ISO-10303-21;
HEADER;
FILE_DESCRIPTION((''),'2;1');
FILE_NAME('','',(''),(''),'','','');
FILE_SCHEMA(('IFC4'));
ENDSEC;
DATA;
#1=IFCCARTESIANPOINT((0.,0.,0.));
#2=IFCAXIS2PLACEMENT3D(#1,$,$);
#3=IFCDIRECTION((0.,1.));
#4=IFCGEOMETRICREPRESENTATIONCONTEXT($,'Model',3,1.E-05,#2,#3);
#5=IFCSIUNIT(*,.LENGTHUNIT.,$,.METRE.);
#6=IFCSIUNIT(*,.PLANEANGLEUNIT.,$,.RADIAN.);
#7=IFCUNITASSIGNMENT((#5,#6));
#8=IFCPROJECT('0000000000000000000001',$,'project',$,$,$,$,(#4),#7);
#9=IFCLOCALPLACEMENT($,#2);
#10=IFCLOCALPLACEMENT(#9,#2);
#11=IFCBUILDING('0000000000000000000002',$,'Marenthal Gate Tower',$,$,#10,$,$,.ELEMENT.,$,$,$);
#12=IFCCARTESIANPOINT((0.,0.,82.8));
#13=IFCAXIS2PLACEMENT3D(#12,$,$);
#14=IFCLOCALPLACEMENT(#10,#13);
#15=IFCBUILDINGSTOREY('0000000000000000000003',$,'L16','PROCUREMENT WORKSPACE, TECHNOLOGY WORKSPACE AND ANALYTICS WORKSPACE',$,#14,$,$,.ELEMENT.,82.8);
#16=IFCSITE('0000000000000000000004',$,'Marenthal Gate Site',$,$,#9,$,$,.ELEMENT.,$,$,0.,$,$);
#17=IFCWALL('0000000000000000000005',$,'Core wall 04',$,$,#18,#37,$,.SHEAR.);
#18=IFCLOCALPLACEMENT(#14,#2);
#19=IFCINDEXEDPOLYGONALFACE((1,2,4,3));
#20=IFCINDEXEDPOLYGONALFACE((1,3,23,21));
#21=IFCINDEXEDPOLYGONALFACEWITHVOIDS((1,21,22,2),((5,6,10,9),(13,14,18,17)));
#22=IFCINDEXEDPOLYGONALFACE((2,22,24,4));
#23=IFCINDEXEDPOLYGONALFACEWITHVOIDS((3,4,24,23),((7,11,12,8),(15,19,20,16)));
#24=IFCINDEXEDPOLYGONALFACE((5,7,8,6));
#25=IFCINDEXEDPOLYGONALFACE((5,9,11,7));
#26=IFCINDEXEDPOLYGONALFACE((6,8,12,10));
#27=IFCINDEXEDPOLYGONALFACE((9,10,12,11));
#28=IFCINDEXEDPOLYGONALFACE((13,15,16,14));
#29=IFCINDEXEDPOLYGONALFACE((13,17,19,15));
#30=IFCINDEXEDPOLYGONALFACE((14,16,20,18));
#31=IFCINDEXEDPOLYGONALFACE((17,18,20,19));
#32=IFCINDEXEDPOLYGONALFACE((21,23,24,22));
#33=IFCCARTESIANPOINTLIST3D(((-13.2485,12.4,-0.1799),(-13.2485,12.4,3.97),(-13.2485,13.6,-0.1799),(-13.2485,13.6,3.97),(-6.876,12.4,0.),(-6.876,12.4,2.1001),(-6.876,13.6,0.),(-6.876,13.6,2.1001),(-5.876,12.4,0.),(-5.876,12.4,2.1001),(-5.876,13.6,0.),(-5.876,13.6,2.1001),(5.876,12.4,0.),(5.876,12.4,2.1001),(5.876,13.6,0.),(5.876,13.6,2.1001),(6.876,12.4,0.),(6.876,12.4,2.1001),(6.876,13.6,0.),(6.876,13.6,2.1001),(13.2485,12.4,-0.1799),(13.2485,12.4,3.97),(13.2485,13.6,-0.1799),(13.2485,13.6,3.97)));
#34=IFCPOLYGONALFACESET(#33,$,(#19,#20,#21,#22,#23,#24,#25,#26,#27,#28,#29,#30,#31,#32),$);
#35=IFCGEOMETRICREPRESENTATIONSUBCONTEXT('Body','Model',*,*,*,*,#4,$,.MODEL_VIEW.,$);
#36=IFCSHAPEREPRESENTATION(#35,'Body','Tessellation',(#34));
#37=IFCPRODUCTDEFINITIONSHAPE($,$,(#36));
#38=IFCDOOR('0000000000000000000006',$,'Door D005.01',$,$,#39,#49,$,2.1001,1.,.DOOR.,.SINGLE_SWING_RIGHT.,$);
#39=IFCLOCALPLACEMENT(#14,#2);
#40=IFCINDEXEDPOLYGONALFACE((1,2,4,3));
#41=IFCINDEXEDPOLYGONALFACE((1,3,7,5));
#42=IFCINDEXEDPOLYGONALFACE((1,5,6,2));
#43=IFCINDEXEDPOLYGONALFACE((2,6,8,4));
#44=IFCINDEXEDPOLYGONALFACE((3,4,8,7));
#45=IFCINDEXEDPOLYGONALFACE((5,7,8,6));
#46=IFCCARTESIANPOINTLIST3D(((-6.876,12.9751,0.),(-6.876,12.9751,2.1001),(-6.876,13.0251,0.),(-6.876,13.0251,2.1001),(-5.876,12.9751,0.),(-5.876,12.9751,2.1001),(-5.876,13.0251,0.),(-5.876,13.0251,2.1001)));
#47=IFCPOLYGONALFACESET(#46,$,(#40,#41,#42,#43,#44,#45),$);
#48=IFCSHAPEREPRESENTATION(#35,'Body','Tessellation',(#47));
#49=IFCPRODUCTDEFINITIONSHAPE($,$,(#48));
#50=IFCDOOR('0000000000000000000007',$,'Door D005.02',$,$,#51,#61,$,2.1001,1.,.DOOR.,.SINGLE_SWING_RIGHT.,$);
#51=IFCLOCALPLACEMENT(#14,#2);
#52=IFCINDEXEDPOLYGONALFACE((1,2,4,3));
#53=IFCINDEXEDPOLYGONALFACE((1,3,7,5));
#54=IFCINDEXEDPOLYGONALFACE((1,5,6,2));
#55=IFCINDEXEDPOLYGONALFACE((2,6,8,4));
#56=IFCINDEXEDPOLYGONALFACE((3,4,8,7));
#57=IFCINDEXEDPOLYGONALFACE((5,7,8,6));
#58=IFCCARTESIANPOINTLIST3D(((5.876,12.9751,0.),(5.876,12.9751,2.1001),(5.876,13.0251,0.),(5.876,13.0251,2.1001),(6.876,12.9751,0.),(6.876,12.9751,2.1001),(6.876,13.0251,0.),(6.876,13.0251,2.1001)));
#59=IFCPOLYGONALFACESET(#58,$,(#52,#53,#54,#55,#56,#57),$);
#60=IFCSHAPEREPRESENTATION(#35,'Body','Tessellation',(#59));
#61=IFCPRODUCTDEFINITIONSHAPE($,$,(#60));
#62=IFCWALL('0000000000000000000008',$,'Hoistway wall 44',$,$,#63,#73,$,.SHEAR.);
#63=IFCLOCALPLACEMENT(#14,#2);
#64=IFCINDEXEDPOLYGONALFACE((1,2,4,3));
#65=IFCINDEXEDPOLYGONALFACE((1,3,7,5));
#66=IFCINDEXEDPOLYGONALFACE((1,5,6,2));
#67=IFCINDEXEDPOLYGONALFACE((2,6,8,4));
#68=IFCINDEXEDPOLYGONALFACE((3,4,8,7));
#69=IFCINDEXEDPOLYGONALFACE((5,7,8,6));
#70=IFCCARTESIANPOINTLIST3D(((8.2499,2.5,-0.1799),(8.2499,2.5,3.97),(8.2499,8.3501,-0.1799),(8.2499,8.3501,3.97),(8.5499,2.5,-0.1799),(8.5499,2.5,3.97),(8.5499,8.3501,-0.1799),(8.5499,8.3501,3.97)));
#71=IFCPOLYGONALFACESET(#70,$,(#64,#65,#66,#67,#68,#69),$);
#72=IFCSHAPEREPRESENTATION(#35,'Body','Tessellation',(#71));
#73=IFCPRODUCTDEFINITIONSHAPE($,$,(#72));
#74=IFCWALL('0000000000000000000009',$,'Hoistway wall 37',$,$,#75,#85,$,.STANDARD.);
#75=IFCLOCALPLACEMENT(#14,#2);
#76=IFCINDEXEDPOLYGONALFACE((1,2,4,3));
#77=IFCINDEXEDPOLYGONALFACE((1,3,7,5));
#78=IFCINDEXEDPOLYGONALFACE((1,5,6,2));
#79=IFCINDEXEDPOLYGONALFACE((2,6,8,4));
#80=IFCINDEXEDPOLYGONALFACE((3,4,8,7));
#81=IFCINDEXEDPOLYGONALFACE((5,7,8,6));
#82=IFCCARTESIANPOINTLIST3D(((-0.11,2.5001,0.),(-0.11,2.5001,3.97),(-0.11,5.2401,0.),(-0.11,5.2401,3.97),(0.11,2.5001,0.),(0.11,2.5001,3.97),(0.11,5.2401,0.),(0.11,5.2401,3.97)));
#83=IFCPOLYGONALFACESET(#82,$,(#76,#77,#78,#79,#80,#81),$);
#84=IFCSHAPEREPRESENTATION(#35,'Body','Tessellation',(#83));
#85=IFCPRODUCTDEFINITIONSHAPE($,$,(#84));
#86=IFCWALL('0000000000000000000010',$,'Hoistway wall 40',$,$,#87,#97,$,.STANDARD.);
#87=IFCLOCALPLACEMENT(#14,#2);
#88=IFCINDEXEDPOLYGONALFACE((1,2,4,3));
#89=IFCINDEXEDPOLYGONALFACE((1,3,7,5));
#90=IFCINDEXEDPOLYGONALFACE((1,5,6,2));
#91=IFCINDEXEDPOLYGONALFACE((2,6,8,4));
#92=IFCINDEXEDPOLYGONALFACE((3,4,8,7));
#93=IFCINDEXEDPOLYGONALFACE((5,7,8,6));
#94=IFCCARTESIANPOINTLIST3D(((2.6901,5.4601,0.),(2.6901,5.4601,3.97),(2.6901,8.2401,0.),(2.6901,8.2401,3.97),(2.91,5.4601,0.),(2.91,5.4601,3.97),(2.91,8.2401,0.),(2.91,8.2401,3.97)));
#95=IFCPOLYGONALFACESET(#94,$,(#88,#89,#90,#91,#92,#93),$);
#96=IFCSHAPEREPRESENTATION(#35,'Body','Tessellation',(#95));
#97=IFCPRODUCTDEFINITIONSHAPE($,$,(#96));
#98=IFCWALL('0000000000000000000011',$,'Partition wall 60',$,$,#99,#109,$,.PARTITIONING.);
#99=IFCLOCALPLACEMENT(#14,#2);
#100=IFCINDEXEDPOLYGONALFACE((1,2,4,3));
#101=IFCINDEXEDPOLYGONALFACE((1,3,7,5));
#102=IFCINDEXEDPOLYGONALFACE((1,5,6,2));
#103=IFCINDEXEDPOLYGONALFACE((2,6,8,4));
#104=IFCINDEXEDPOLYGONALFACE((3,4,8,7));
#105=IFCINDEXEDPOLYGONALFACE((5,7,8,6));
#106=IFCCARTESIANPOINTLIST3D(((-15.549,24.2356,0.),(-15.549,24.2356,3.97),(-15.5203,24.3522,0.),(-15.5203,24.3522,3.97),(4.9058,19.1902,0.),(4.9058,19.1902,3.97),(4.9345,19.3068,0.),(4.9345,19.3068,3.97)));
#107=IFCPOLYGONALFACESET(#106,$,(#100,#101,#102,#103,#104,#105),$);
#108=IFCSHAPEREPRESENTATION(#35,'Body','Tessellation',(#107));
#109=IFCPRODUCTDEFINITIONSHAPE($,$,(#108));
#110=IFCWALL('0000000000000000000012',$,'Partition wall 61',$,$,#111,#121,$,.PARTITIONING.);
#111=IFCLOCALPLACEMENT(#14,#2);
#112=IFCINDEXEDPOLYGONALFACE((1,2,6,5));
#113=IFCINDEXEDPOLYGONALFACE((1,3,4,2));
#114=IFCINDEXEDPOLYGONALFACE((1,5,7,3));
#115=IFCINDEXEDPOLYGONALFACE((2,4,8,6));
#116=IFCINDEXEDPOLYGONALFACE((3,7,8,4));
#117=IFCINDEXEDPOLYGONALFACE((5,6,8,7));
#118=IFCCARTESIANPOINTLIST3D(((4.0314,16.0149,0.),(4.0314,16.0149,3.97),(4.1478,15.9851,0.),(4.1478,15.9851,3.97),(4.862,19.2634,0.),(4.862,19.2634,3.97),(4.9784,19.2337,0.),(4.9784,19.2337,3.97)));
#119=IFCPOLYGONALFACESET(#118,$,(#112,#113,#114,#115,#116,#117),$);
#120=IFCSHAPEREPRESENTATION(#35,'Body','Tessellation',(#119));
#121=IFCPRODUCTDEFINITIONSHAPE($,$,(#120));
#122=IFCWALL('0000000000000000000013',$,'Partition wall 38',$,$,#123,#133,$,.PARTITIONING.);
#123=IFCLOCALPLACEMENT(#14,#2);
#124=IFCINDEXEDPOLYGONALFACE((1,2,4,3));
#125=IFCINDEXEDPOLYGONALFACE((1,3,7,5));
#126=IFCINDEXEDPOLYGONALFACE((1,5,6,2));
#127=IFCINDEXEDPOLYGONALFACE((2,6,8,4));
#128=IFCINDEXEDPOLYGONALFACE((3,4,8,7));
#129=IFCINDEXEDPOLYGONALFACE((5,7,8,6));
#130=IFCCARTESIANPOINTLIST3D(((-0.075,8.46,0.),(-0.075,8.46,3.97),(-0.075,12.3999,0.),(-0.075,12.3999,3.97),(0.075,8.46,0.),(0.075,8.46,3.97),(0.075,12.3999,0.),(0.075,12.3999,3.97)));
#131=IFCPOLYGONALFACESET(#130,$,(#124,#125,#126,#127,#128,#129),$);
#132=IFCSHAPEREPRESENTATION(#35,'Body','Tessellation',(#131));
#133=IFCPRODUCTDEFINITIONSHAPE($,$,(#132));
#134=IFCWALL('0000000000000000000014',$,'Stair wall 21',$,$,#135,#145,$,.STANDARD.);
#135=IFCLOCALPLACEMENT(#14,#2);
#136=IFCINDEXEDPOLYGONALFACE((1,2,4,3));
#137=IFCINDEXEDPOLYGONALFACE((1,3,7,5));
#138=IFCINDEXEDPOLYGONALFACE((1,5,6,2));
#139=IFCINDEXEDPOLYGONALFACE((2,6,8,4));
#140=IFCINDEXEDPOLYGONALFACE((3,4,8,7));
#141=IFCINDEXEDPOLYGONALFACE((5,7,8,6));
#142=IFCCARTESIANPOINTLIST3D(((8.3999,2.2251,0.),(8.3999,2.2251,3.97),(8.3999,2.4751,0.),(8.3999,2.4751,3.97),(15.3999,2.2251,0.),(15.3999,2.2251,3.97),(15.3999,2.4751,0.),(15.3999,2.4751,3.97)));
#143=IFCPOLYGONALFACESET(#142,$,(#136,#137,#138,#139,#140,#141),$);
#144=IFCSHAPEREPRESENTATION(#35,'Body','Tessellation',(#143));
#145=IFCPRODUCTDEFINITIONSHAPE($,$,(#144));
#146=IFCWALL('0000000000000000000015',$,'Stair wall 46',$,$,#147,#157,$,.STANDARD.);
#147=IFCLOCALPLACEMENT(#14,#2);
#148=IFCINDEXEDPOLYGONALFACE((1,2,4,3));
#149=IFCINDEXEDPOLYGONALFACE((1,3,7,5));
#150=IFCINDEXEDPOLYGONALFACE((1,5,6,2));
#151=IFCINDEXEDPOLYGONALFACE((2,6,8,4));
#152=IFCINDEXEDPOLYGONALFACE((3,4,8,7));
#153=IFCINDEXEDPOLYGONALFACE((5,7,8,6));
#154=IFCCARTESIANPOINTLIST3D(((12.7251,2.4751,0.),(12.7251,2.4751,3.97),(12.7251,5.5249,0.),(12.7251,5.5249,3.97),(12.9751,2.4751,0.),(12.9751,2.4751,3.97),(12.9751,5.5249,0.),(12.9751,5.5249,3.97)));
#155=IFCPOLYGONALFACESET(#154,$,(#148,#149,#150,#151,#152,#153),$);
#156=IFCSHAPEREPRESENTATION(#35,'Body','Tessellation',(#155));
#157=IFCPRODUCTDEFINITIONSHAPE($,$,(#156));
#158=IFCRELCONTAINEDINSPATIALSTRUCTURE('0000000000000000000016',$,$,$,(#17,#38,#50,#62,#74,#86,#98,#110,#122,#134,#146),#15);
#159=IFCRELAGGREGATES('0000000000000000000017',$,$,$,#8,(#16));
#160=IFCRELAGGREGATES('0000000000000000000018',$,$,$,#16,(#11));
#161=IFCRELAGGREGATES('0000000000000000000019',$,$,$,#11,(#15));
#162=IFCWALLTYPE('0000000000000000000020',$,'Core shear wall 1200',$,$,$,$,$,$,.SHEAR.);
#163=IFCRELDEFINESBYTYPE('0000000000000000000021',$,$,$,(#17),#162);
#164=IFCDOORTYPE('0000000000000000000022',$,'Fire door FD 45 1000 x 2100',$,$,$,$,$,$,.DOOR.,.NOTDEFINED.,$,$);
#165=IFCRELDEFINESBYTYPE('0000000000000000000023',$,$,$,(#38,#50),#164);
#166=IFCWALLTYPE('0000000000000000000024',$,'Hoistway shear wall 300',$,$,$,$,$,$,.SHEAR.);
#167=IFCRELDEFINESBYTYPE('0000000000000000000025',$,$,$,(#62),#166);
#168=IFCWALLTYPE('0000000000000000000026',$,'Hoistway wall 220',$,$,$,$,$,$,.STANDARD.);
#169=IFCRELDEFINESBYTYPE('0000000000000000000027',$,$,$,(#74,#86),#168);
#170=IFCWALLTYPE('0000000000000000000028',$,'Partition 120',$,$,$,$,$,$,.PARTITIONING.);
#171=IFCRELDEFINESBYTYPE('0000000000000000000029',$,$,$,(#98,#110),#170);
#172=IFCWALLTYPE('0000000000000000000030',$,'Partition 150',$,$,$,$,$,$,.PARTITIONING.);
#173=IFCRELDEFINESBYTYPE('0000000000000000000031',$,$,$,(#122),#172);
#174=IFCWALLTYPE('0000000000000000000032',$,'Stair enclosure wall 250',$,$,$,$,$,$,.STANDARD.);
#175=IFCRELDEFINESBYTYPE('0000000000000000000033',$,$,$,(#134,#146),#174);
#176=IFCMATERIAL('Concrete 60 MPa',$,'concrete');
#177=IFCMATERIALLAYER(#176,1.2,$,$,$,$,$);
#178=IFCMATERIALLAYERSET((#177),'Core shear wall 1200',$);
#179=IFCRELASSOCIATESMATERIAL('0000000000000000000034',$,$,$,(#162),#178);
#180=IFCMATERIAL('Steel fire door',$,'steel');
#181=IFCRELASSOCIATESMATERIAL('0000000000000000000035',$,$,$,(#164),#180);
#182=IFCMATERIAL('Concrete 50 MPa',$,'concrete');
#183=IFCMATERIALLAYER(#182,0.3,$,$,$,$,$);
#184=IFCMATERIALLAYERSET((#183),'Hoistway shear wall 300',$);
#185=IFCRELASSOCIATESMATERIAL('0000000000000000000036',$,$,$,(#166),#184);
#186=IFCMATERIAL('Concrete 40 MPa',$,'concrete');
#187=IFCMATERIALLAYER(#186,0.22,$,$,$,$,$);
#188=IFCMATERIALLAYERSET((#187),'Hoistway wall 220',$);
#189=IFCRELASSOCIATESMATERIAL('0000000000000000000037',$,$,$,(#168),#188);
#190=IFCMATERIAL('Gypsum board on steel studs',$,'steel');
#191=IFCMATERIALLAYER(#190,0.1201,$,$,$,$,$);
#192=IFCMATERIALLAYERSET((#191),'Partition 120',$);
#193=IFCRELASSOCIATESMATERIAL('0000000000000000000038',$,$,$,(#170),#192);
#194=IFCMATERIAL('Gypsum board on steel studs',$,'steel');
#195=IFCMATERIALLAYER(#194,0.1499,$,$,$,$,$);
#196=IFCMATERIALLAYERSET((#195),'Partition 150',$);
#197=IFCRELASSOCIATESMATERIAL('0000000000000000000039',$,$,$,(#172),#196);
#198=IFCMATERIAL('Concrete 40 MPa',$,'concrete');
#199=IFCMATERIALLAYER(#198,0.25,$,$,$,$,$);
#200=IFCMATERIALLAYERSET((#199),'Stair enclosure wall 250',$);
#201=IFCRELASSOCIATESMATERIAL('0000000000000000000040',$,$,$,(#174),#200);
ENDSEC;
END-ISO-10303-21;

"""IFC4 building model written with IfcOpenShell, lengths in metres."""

from ifc_helpers import new_model, si_unit, direction, frame, frame_2d, origin, place, context, subcontext, project, spatial, rectangle, extrude, material, layer, layer_set, type_object, element, fill, save


model = new_model("IFC4")

# Units and contexts
model_context = context("Model", 3, precision=1e-05, world=origin(), true_north=direction((0.0, 1.0)))
body_context = subcontext(model_context, "Body", "Model", "MODEL_VIEW")
ifc_project = project(units=[si_unit("LENGTHUNIT", "METRE"), si_unit("PLANEANGLEUNIT", "RADIAN")], contexts=[model_context])

# Site, building, storey
site_placement = place(None, origin())
site = spatial("IfcSite", under=ifc_project, at=site_placement, Name="Marenthal Gate Site", CompositionType="ELEMENT", RefElevation=0.0)
building_placement = place(site_placement, origin())
building = spatial("IfcBuilding", under=site, at=building_placement, Name="Marenthal Gate Tower", CompositionType="ELEMENT")
storey_placement = place(building_placement, frame((0.0, 0.0, 82.8)))
storey = spatial("IfcBuildingStorey", under=building, at=storey_placement, Name="L16", Description="PROCUREMENT WORKSPACE, TECHNOLOGY WORKSPACE AND ANALYTICS WORKSPACE", CompositionType="ELEMENT", Elevation=82.8)

# Wall, openings, doors
ifc_material_1 = material(Name="Concrete 60 MPa", Category="concrete")
ifc_layer_1 = layer(ifc_material_1, 1.2)
ifc_layer_set_1 = layer_set([ifc_layer_1], Name="Core shear wall 1200")
wall_type_1 = type_object("IfcWallType", Name="Core shear wall 1200", PredefinedType="SHEAR", material=ifc_layer_set_1)
wall_1_placement = place(storey_placement, frame((13.2485, 13.0, -0.1799), z_axis=(0.0, 0.0, 1.0), x_axis=(-1.0, 0.0, 0.0)))
wall_1 = element("IfcWall", 1, at=wall_1_placement, inside=storey, type_object=wall_type_1, Name="Core wall 04", PredefinedType="SHEAR", context=body_context, shape_type="SweptSolid", body=[
    extrude(rectangle(XDim=26.4971, YDim=1.2, at=frame_2d((13.2485, 0.0))), origin(), (0.0, 0.0, 1.0), 4.1499),
])
opening_1_placement = place(wall_1_placement, frame((19.1245, 0.0, 0.1799)))
opening_1 = element("IfcOpeningElement", 2, at=opening_1_placement, cuts=wall_1, PredefinedType="OPENING", context=body_context, shape_type="SweptSolid", body=[
    extrude(rectangle(XDim=1.0, YDim=2.1001, at=frame_2d((0.5, 1.05))), frame((0.0, 0.6099, 0.0), z_axis=(0.0, -1.0, 0.0), x_axis=(1.0, 0.0, 0.0)), (0.0, 0.0, 1.0), 1.22),
])
opening_2_placement = place(wall_1_placement, frame((6.3726, 0.0, 0.1799)))
opening_2 = element("IfcOpeningElement", 3, at=opening_2_placement, cuts=wall_1, PredefinedType="OPENING", context=body_context, shape_type="SweptSolid", body=[
    extrude(rectangle(XDim=1.0, YDim=2.1001, at=frame_2d((0.5, 1.05))), frame((0.0, 0.6099, 0.0), z_axis=(0.0, -1.0, 0.0), x_axis=(1.0, 0.0, 0.0)), (0.0, 0.0, 1.0), 1.22),
])
ifc_material_2 = material(Name="Steel fire door", Category="steel")
door_type_1 = type_object("IfcDoorType", Name="Fire door FD 45 1000 x 2100", OperationType="NOTDEFINED", PredefinedType="DOOR", material=ifc_material_2)
door_1_placement = place(opening_1_placement, origin())
door_1 = element("IfcDoor", 4, at=door_1_placement, inside=storey, type_object=door_type_1, Name="Door D005.01", OperationType="SINGLE_SWING_RIGHT", OverallHeight=2.1001, OverallWidth=1.0, PredefinedType="DOOR", context=body_context, shape_type="SweptSolid", body=[
    extrude(rectangle(XDim=1.0, YDim=2.1001, at=frame_2d((0.5, 1.05))), frame((0.0, 0.0249, 0.0), z_axis=(0.0, -1.0, 0.0), x_axis=(1.0, 0.0, 0.0)), (0.0, 0.0, 1.0), 0.05),
])
fill(opening_1, door_1)
door_2_placement = place(opening_2_placement, origin())
door_2 = element("IfcDoor", 5, at=door_2_placement, inside=storey, type_object=door_type_1, Name="Door D005.02", OperationType="SINGLE_SWING_RIGHT", OverallHeight=2.1001, OverallWidth=1.0, PredefinedType="DOOR", context=body_context, shape_type="SweptSolid", body=[
    extrude(rectangle(XDim=1.0, YDim=2.1001, at=frame_2d((0.5, 1.05))), frame((0.0, 0.0249, 0.0), z_axis=(0.0, -1.0, 0.0), x_axis=(1.0, 0.0, 0.0)), (0.0, 0.0, 1.0), 0.05),
])
fill(opening_2, door_2)

# Walls
ifc_material_3 = material(Name="Concrete 50 MPa", Category="concrete")
ifc_layer_2 = layer(ifc_material_3, 0.3)
ifc_layer_set_2 = layer_set([ifc_layer_2], Name="Hoistway shear wall 300")
wall_type_2 = type_object("IfcWallType", Name="Hoistway shear wall 300", PredefinedType="SHEAR", material=ifc_layer_set_2)
wall_2_placement = place(storey_placement, frame((8.3999, 2.5, -0.1799), z_axis=(0.0, 0.0, 1.0), x_axis=(0.0, 1.0, 0.0)))
element("IfcWall", 6, at=wall_2_placement, inside=storey, type_object=wall_type_2, Name="Hoistway wall 44", PredefinedType="SHEAR", context=body_context, shape_type="SweptSolid", body=[
    extrude(rectangle(XDim=5.8501, YDim=0.3, at=frame_2d((2.925, 0.0))), origin(), (0.0, 0.0, 1.0), 4.1499),
])
ifc_material_4 = material(Name="Concrete 40 MPa", Category="concrete")
ifc_layer_3 = layer(ifc_material_4, 0.22)
ifc_layer_set_3 = layer_set([ifc_layer_3], Name="Hoistway wall 220")
wall_type_3 = type_object("IfcWallType", Name="Hoistway wall 220", PredefinedType="STANDARD", material=ifc_layer_set_3)
wall_3_placement = place(storey_placement, frame((0.0, 2.5, 0.0), z_axis=(0.0, 0.0, 1.0), x_axis=(0.0, 1.0, 0.0)))
element("IfcWall", 7, at=wall_3_placement, inside=storey, type_object=wall_type_3, Name="Hoistway wall 37", PredefinedType="STANDARD", context=body_context, shape_type="SweptSolid", body=[
    extrude(rectangle(XDim=2.74, YDim=0.22, at=frame_2d((1.3701, 0.0))), origin(), (0.0, 0.0, 1.0), 3.97),
])
wall_4_placement = place(storey_placement, frame((2.8, 5.46, 0.0), z_axis=(0.0, 0.0, 1.0), x_axis=(0.0, 1.0, 0.0)))
element("IfcWall", 8, at=wall_4_placement, inside=storey, type_object=wall_type_3, Name="Hoistway wall 40", PredefinedType="STANDARD", context=body_context, shape_type="SweptSolid", body=[
    extrude(rectangle(XDim=2.78, YDim=0.22, at=frame_2d((1.3901, 0.0))), origin(), (0.0, 0.0, 1.0), 3.97),
])
ifc_material_5 = material(Name="Gypsum board on steel studs", Category="steel")
ifc_layer_4 = layer(ifc_material_5, 0.1201)
ifc_layer_set_4 = layer_set([ifc_layer_4], Name="Partition 120")
wall_type_4 = type_object("IfcWallType", Name="Partition 120", PredefinedType="PARTITIONING", material=ifc_layer_set_4)
wall_5_placement = place(storey_placement, frame((4.9202, 19.2485, 0.0), z_axis=(0.0, 0.0, 1.0), x_axis=(-0.9709, 0.239483, 0.0)))
element("IfcWall", 9, at=wall_5_placement, inside=storey, type_object=wall_type_4, Name="Partition wall 60", PredefinedType="PARTITIONING", context=body_context, shape_type="SweptSolid", body=[
    extrude(rectangle(XDim=21.0679, YDim=0.1201, at=frame_2d((10.5339, 0.0))), origin(), (0.0, 0.0, 1.0), 3.97),
])
wall_6_placement = place(storey_placement, frame((4.9202, 19.2485, 0.0), z_axis=(0.0, 0.0, 1.0), x_axis=(-0.247706, -0.968835, 0.0)))
element("IfcWall", 10, at=wall_6_placement, inside=storey, type_object=wall_type_4, Name="Partition wall 61", PredefinedType="PARTITIONING", context=body_context, shape_type="SweptSolid", body=[
    extrude(rectangle(XDim=3.353, YDim=0.1201, at=frame_2d((1.6765, 0.0))), origin(), (0.0, 0.0, 1.0), 3.97),
])
ifc_material_6 = material(Name="Gypsum board on steel studs", Category="steel")
ifc_layer_5 = layer(ifc_material_6, 0.1499)
ifc_layer_set_5 = layer_set([ifc_layer_5], Name="Partition 150")
wall_type_5 = type_object("IfcWallType", Name="Partition 150", PredefinedType="PARTITIONING", material=ifc_layer_set_5)
wall_7_placement = place(storey_placement, frame((0.0, 8.46, 0.0), z_axis=(0.0, 0.0, 1.0), x_axis=(0.0, 1.0, 0.0)))
element("IfcWall", 11, at=wall_7_placement, inside=storey, type_object=wall_type_5, Name="Partition wall 38", PredefinedType="PARTITIONING", context=body_context, shape_type="SweptSolid", body=[
    extrude(rectangle(XDim=3.9399, YDim=0.1499, at=frame_2d((1.97, 0.0))), origin(), (0.0, 0.0, 1.0), 3.97),
])
ifc_material_7 = material(Name="Concrete 40 MPa", Category="concrete")
ifc_layer_6 = layer(ifc_material_7, 0.25)
ifc_layer_set_6 = layer_set([ifc_layer_6], Name="Stair enclosure wall 250")
wall_type_6 = type_object("IfcWallType", Name="Stair enclosure wall 250", PredefinedType="STANDARD", material=ifc_layer_set_6)
wall_8_placement = place(storey_placement, frame((8.3999, 2.3501, 0.0), z_axis=(0.0, 0.0, 1.0), x_axis=(1.0, 0.0, 0.0)))
element("IfcWall", 12, at=wall_8_placement, inside=storey, type_object=wall_type_6, Name="Stair wall 21", PredefinedType="STANDARD", context=body_context, shape_type="SweptSolid", body=[
    extrude(rectangle(XDim=7.0, YDim=0.25, at=frame_2d((3.5, 0.0))), origin(), (0.0, 0.0, 1.0), 3.97),
])
wall_9_placement = place(storey_placement, frame((12.8501, 2.4751, 0.0), z_axis=(0.0, 0.0, 1.0), x_axis=(0.0, 1.0, 0.0)))
element("IfcWall", 13, at=wall_9_placement, inside=storey, type_object=wall_type_6, Name="Stair wall 46", PredefinedType="STANDARD", context=body_context, shape_type="SweptSolid", body=[
    extrude(rectangle(XDim=3.0498, YDim=0.25, at=frame_2d((1.5249, 0.0))), origin(), (0.0, 0.0, 1.0), 3.97),
])

save(model, "model.ifc")
